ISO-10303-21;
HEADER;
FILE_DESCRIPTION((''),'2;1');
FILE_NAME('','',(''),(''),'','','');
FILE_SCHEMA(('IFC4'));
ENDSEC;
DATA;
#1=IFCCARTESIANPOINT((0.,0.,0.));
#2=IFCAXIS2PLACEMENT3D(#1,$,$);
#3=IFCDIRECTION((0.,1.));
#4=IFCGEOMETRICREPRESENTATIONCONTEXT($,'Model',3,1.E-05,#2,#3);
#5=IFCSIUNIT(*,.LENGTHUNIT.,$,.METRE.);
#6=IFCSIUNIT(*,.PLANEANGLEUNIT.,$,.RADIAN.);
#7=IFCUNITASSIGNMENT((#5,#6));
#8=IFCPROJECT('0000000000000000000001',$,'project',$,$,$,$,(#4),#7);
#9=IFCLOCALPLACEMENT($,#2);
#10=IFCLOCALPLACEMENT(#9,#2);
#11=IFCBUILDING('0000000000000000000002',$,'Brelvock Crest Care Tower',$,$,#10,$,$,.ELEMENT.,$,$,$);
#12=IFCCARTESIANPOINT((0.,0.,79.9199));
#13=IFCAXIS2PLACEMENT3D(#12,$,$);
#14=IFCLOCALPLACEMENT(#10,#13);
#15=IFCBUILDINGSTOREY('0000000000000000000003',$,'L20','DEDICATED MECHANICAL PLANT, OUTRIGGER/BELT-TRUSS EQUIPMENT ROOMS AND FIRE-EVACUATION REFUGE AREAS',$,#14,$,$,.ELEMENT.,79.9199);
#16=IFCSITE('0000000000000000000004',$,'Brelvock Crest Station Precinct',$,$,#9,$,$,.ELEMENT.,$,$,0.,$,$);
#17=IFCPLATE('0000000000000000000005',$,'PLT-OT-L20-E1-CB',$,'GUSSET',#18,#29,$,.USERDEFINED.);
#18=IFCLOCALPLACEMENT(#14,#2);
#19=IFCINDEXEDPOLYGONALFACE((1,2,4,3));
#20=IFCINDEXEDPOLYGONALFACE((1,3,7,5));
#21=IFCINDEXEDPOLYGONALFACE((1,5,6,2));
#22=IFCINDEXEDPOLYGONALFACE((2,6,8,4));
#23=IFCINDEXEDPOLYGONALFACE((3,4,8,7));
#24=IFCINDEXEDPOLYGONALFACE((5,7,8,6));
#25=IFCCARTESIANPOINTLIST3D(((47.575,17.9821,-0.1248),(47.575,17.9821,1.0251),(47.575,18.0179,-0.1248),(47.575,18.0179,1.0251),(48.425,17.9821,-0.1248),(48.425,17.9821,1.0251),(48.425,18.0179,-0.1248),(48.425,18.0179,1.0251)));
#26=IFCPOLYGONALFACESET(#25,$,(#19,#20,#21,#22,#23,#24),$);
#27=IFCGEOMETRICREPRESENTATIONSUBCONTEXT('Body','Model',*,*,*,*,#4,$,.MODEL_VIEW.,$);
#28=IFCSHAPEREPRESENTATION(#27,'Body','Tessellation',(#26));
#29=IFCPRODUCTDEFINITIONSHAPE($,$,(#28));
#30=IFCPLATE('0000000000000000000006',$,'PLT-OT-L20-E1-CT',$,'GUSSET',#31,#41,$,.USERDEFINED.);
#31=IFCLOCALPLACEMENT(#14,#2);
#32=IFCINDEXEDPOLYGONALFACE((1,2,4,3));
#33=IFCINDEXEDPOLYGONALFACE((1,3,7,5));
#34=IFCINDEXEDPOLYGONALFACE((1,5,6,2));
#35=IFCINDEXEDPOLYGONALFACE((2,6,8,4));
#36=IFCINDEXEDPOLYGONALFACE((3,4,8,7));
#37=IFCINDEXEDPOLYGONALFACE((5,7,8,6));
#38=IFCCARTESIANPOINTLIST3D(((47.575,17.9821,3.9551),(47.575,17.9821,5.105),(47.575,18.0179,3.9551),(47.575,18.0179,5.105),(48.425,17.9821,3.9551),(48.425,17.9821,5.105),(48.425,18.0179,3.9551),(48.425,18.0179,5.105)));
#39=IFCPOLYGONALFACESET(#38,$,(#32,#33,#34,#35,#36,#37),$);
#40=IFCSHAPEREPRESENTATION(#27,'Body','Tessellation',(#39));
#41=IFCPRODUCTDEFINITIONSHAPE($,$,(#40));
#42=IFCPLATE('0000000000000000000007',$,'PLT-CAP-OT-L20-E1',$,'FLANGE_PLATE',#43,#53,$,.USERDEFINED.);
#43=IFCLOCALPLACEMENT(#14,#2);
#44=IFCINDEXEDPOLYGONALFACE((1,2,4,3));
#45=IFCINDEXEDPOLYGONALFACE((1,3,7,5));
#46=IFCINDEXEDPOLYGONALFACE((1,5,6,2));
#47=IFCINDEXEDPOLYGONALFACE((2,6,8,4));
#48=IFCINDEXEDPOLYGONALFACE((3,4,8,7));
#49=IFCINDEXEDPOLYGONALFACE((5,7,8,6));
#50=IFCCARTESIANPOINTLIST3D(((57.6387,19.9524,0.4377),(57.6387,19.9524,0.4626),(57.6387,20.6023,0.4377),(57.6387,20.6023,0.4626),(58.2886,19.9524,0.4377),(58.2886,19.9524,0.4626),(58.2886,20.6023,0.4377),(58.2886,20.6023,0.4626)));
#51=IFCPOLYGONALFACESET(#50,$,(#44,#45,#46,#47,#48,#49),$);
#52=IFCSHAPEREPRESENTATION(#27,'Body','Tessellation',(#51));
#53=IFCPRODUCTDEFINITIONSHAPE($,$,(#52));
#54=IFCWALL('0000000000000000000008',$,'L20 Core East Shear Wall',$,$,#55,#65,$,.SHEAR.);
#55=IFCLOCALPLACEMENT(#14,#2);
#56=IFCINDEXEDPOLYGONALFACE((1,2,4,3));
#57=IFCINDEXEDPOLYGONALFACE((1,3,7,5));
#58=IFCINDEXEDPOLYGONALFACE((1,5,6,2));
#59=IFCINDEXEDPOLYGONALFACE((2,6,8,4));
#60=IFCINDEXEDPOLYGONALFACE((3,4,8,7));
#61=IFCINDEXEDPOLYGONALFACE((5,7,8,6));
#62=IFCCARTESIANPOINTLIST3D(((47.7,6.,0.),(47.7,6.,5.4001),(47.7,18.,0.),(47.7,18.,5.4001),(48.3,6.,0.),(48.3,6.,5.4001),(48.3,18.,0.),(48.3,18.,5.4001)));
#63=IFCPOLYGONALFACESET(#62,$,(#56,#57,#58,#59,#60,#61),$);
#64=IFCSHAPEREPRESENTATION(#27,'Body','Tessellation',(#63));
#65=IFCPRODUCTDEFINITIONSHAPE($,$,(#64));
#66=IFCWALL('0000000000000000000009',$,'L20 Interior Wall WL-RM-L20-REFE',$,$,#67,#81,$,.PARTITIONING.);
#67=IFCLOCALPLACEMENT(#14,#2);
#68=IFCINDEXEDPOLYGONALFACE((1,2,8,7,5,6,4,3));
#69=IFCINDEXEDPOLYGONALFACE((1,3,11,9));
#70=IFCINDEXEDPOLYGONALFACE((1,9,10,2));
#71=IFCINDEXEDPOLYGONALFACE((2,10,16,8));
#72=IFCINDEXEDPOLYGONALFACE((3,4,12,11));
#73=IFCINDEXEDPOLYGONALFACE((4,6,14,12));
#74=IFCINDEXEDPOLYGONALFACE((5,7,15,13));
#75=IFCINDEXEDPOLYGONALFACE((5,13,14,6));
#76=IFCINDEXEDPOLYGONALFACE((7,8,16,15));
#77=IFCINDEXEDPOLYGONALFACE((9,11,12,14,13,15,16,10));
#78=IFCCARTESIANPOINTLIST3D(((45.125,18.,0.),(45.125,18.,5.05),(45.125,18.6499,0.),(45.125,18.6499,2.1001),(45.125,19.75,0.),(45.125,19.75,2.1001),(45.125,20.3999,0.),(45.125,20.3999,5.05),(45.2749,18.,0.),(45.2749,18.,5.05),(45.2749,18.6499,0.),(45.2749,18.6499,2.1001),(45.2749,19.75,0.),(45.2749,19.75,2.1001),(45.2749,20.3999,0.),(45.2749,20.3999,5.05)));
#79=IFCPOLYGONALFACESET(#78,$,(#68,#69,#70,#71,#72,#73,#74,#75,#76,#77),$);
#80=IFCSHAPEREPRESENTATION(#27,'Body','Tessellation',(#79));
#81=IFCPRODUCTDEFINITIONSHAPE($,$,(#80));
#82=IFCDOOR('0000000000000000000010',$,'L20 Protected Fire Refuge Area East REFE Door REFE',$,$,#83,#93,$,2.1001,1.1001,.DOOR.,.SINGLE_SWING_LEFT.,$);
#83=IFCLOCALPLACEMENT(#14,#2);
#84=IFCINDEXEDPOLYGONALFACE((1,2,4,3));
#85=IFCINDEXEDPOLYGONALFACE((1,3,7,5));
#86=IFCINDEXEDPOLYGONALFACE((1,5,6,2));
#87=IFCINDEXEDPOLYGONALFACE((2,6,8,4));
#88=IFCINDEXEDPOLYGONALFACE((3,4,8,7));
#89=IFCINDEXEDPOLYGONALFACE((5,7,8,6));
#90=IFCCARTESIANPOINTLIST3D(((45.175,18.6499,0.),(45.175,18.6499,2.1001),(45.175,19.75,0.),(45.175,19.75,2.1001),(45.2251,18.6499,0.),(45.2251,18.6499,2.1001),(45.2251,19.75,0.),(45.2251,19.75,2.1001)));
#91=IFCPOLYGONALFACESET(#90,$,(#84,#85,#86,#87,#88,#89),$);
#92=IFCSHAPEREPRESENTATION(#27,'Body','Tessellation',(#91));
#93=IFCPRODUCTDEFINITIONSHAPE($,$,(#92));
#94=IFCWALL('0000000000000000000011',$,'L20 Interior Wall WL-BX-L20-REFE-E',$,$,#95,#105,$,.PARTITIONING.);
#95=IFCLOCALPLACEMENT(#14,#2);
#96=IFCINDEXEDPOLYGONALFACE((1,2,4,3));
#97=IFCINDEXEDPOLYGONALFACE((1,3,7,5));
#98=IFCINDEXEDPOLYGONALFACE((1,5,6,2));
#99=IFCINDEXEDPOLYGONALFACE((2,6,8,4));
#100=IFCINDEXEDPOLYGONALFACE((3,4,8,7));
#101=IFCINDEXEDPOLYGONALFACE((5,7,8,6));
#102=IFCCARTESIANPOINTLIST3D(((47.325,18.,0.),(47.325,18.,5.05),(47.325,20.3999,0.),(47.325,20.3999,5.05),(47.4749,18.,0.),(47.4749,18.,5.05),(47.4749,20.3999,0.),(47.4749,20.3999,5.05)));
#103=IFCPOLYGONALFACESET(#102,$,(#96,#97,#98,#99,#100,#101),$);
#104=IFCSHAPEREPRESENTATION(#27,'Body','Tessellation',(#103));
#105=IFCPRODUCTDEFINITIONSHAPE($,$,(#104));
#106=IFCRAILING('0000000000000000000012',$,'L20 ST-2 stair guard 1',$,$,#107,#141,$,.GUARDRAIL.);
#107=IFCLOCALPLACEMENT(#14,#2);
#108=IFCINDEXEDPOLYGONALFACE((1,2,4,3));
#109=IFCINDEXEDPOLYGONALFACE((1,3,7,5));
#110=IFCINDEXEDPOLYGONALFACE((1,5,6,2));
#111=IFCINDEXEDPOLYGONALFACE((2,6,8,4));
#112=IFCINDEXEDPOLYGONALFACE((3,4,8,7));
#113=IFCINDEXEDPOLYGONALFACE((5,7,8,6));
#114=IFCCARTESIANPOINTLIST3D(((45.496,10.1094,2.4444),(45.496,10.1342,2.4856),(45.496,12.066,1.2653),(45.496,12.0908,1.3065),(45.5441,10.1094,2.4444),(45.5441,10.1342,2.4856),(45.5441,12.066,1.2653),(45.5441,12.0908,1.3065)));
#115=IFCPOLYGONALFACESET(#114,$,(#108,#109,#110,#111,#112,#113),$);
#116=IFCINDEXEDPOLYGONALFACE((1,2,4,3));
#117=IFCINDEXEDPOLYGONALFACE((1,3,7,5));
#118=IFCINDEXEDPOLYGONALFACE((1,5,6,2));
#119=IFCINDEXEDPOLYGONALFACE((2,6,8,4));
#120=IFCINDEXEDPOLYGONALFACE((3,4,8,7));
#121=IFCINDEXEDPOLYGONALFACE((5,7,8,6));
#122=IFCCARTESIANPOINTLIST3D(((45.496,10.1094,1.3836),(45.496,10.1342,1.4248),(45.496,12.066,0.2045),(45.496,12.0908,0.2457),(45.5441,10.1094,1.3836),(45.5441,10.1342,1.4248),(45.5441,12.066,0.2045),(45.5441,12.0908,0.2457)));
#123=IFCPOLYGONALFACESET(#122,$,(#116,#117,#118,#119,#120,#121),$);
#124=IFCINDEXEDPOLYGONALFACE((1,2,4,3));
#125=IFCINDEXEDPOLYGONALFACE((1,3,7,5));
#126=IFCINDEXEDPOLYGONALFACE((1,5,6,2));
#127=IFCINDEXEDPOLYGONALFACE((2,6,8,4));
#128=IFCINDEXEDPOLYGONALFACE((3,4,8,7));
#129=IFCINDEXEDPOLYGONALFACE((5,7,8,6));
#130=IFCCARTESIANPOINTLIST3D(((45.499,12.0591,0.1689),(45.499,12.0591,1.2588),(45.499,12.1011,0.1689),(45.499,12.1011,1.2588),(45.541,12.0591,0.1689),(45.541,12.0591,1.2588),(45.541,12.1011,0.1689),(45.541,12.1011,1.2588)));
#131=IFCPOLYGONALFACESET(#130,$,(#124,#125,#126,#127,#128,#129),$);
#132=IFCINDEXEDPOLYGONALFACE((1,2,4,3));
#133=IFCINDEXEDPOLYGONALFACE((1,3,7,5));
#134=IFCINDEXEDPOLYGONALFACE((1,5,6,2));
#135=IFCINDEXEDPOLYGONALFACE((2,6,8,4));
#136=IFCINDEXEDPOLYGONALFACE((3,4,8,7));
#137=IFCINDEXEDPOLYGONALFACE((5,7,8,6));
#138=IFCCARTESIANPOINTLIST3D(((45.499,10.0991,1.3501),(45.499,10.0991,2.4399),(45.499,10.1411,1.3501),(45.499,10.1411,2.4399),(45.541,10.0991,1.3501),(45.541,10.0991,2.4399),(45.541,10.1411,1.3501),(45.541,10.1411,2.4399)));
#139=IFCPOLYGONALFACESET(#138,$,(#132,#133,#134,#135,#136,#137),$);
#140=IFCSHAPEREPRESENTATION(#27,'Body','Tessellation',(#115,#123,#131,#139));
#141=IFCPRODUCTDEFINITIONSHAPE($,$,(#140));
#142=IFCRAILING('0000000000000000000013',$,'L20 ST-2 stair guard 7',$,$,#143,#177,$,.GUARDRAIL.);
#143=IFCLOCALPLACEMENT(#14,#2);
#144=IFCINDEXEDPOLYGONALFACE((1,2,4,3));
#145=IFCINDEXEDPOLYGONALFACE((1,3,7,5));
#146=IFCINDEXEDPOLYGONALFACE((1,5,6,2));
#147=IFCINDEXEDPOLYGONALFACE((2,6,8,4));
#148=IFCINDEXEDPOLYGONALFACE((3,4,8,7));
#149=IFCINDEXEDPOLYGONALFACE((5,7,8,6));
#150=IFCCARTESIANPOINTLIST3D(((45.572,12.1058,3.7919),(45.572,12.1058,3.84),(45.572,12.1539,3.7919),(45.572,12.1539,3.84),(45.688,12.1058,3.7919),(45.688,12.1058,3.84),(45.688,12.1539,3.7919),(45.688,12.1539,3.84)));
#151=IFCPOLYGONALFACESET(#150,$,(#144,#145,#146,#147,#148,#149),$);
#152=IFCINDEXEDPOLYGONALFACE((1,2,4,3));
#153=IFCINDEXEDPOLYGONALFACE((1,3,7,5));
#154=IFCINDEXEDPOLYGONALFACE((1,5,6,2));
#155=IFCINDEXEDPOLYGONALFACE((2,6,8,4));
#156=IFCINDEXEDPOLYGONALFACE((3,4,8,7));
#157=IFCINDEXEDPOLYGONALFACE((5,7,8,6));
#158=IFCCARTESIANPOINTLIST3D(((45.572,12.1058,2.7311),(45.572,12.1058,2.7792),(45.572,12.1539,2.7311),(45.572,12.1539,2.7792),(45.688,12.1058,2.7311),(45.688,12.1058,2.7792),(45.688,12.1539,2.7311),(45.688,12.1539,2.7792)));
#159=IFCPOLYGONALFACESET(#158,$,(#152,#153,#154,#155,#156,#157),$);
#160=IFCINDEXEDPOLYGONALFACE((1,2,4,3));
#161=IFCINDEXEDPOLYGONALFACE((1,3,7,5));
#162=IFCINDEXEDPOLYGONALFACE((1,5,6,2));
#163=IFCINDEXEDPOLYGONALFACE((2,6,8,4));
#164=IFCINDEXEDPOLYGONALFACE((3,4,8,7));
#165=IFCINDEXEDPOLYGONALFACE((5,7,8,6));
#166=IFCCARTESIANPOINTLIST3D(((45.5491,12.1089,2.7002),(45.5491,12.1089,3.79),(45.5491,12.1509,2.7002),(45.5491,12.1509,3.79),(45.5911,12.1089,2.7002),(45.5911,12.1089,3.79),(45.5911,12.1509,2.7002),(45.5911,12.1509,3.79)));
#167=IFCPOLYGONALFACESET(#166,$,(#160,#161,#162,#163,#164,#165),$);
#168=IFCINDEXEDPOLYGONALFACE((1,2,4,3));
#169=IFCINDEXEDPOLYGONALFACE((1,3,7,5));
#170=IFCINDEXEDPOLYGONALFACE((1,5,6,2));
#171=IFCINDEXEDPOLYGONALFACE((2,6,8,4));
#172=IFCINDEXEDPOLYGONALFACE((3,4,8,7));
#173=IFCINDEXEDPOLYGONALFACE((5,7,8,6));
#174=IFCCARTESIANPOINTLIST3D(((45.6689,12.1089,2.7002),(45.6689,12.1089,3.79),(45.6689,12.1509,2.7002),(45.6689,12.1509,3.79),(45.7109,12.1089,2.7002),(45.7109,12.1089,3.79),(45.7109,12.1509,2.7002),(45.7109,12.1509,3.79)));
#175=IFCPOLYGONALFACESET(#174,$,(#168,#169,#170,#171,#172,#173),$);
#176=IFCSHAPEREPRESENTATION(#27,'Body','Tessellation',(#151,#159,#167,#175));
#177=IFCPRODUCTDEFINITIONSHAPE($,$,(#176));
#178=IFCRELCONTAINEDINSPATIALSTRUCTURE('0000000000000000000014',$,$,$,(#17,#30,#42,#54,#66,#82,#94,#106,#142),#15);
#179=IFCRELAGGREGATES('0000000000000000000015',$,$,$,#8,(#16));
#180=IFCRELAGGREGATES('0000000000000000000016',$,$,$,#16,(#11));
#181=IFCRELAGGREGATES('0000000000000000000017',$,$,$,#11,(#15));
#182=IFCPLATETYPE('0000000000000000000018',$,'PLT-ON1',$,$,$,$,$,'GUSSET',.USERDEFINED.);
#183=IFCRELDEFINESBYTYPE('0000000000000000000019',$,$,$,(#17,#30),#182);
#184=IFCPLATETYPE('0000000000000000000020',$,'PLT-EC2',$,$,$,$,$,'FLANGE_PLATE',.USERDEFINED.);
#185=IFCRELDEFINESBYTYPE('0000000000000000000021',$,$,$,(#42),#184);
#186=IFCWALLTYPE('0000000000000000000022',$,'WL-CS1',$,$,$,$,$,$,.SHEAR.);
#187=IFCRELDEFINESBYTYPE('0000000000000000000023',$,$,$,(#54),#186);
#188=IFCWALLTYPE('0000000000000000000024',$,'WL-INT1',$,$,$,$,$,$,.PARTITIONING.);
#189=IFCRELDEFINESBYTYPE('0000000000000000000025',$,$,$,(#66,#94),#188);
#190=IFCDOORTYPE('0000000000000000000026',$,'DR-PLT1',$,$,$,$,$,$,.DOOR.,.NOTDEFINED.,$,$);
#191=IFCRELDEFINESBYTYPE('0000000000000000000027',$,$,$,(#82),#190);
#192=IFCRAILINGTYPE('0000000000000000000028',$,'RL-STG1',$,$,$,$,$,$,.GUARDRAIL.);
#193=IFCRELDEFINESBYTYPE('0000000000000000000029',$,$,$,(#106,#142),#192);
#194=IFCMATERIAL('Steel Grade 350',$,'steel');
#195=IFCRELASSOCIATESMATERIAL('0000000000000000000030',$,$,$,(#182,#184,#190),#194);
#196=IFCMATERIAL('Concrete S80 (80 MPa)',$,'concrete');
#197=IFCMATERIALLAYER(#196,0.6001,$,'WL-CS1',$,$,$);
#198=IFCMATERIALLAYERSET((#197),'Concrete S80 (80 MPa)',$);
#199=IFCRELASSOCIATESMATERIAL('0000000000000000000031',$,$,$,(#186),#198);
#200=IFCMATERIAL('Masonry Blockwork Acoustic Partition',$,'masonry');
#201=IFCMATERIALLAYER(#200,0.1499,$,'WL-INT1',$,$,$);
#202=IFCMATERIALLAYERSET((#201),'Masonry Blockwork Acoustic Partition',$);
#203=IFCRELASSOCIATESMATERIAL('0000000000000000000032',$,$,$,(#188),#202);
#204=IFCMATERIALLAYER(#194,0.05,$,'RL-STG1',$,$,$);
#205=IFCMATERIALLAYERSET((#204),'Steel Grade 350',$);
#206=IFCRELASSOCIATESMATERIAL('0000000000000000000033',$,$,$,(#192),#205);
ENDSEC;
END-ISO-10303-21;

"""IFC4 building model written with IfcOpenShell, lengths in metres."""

from ifc_helpers import new_model, si_unit, direction, frame, frame_2d, origin, origin_2d, place, context, subcontext, project, spatial, rectangle, extrude, source, transform, mapped, material, layer, layer_set, type_object, element, fill, save


model = new_model("IFC4")

# Units and contexts
model_context = context("Model", 3, precision=1e-05, world=origin(), true_north=direction((0.0, 1.0)))
body_context = subcontext(model_context, "Body", "Model", "MODEL_VIEW")
ifc_project = project(units=[si_unit("LENGTHUNIT", "METRE"), si_unit("PLANEANGLEUNIT", "RADIAN")], contexts=[model_context])

# Site, building, storey
site_placement = place(None, origin())
site = spatial("IfcSite", under=ifc_project, at=site_placement, Name="Brelvock Crest Station Precinct", CompositionType="ELEMENT", RefElevation=0.0)
building_placement = place(site_placement, origin())
building = spatial("IfcBuilding", under=site, at=building_placement, Name="Brelvock Crest Care Tower", CompositionType="ELEMENT")
storey_placement = place(building_placement, frame((0.0, 0.0, 79.9199)))
storey = spatial("IfcBuildingStorey", under=building, at=storey_placement, Name="L20", Description="DEDICATED MECHANICAL PLANT, OUTRIGGER/BELT-TRUSS EQUIPMENT ROOMS AND FIRE-EVACUATION REFUGE AREAS", CompositionType="ELEMENT", Elevation=79.9199)

# Shared definitions
ifc_material_1 = material(Name="Concrete S80 (80 MPa)", Category="concrete")
ifc_material_2 = material(Name="Steel Grade 350", Category="steel")

# Plates
plate_type_1 = type_object("IfcPlateType", Name="PLT-ON1", ElementType="GUSSET", PredefinedType="USERDEFINED", material=ifc_material_2)
shared_shape_1 = source(origin(), body_context, "Body", "SweptSolid", [
    extrude(rectangle(XDim=0.8501, YDim=0.0359, at=origin_2d()), origin(), (0.0, 0.0, 1.0), 1.1499),
])
for number, where, z_axis, x_axis, name in (
    (1, (48.0, 18.0, -0.1248), (0.0, 0.0, 1.0), (1.0, 0.0, 0.0), "PLT-OT-L20-E1-CB"),
    (2, (48.0, 18.0, 3.9551), (0.0, 0.0, 1.0), (1.0, 0.0, 0.0), "PLT-OT-L20-E1-CT"),
):
    element("IfcPlate", number, at=place(storey_placement, frame(where, z_axis=z_axis, x_axis=x_axis)), inside=storey, type_object=plate_type_1, Name=name, ObjectType="GUSSET", PredefinedType="USERDEFINED", context=body_context, shape_type="MappedRepresentation", body=[
        mapped(shared_shape_1, transform((0.0, 0.0, 0.0), x_axis=(1.0, 0.0, 0.0), y_axis=(0.0, 1.0, 0.0), z_axis=(0.0, 0.0, 1.0), scale=1.0)),
    ])
plate_type_2 = type_object("IfcPlateType", Name="PLT-EC2", ElementType="FLANGE_PLATE", PredefinedType="USERDEFINED", material=ifc_material_2)
shared_shape_2 = source(origin(), body_context, "Body", "SweptSolid", [
    extrude(rectangle(XDim=0.6499, YDim=0.6499, at=origin_2d()), origin(), (0.0, 0.0, 1.0), 0.0249),
])
plate_1_placement = place(storey_placement, frame((57.9636, 20.2773, 0.4377), z_axis=(0.0, 0.0, 1.0), x_axis=(1.0, 0.0, 0.0)))
element("IfcPlate", 3, at=plate_1_placement, inside=storey, type_object=plate_type_2, Name="PLT-CAP-OT-L20-E1", ObjectType="FLANGE_PLATE", PredefinedType="USERDEFINED", context=body_context, shape_type="MappedRepresentation", body=[
    mapped(shared_shape_2, transform((0.0, 0.0, 0.0), x_axis=(1.0, 0.0, 0.0), y_axis=(0.0, 1.0, 0.0), z_axis=(0.0, 0.0, 1.0), scale=1.0)),
])

# Wall
ifc_layer_1 = layer(ifc_material_1, 0.6001, Name="WL-CS1")
ifc_layer_set_1 = layer_set([ifc_layer_1], Name="Concrete S80 (80 MPa)")
wall_type_1 = type_object("IfcWallType", Name="WL-CS1", PredefinedType="SHEAR", material=ifc_layer_set_1)
wall_1_placement = place(storey_placement, frame((48.0, 18.0, 0.0), z_axis=(0.0, 0.0, 1.0), x_axis=(0.0, -1.0, 0.0)))
element("IfcWall", 4, at=wall_1_placement, inside=storey, type_object=wall_type_1, Name="L20 Core East Shear Wall", PredefinedType="SHEAR", context=body_context, shape_type="SweptSolid", body=[
    extrude(rectangle(XDim=12.0, YDim=0.6001, at=frame_2d((6.0, 0.0))), origin(), (0.0, 0.0, 1.0), 5.4001),
])

# Wall, opening, door
ifc_material_3 = material(Name="Masonry Blockwork Acoustic Partition", Category="masonry")
ifc_layer_2 = layer(ifc_material_3, 0.1499, Name="WL-INT1")
ifc_layer_set_2 = layer_set([ifc_layer_2], Name="Masonry Blockwork Acoustic Partition")
wall_type_2 = type_object("IfcWallType", Name="WL-INT1", PredefinedType="PARTITIONING", material=ifc_layer_set_2)
wall_2_placement = place(storey_placement, frame((45.2, 18.0, 0.0), z_axis=(0.0, 0.0, 1.0), x_axis=(0.0, 1.0, 0.0)))
wall_2 = element("IfcWall", 5, at=wall_2_placement, inside=storey, type_object=wall_type_2, Name="L20 Interior Wall WL-RM-L20-REFE", PredefinedType="PARTITIONING", context=body_context, shape_type="SweptSolid", body=[
    extrude(rectangle(XDim=2.3999, YDim=0.1499, at=frame_2d((1.2, 0.0))), origin(), (0.0, 0.0, 1.0), 5.05),
])
opening_placement = place(wall_2_placement, frame((0.6499, 0.0, 0.0)))
opening = element("IfcOpeningElement", 6, at=opening_placement, cuts=wall_2, PredefinedType="OPENING", context=body_context, shape_type="SweptSolid", body=[
    extrude(rectangle(XDim=1.1001, YDim=2.1001, at=origin_2d()), frame((0.55, 0.085, 1.05), z_axis=(0.0, -1.0, 0.0), x_axis=(1.0, 0.0, 0.0)), (0.0, 0.0, 1.0), 0.1699),
])
door_type = type_object("IfcDoorType", Name="DR-PLT1", OperationType="NOTDEFINED", PredefinedType="DOOR", material=ifc_material_2)
shared_shape_3 = source(origin(), body_context, "Body", "SweptSolid", [
    extrude(rectangle(XDim=1.1001, YDim=2.1001, at=origin_2d()), frame((0.55, 0.0249, 1.05), z_axis=(0.0, -1.0, 0.0), x_axis=(1.0, 0.0, 0.0)), (0.0, 0.0, 1.0), 0.05),
])
door_placement = place(opening_placement, origin())
door = element("IfcDoor", 7, at=door_placement, inside=storey, type_object=door_type, Name="L20 Protected Fire Refuge Area East REFE Door REFE", OperationType="SINGLE_SWING_LEFT", OverallHeight=2.1001, OverallWidth=1.1001, PredefinedType="DOOR", context=body_context, shape_type="MappedRepresentation", body=[
    mapped(shared_shape_3, transform((0.0, 0.0, 0.0), x_axis=(1.0, 0.0, 0.0), y_axis=(0.0, 1.0, 0.0), z_axis=(0.0, 0.0, 1.0), scale=1.0)),
])
fill(opening, door)

# Wall
wall_3_placement = place(storey_placement, frame((47.3999, 18.0, 0.0), z_axis=(0.0, 0.0, 1.0), x_axis=(0.0, 1.0, 0.0)))
element("IfcWall", 8, at=wall_3_placement, inside=storey, type_object=wall_type_2, Name="L20 Interior Wall WL-BX-L20-REFE-E", PredefinedType="PARTITIONING", context=body_context, shape_type="SweptSolid", body=[
    extrude(rectangle(XDim=2.3999, YDim=0.1499, at=frame_2d((1.2, 0.0))), origin(), (0.0, 0.0, 1.0), 5.05),
])

# Railings
ifc_layer_3 = layer(ifc_material_2, 0.05, Name="RL-STG1")
ifc_layer_set_3 = layer_set([ifc_layer_3], Name="Steel Grade 350")
railing_type = type_object("IfcRailingType", Name="RL-STG1", PredefinedType="GUARDRAIL", material=ifc_layer_set_3)
railing_1_placement = place(storey_placement, frame((45.52, 12.0801, 0.1689)))
element("IfcRailing", 9, at=railing_1_placement, inside=storey, type_object=railing_type, Name="L20 ST-2 stair guard 1", PredefinedType="GUARDRAIL", context=body_context, shape_type="SweptSolid", body=[
    extrude(rectangle(XDim=0.0481, YDim=0.0481, at=origin_2d()), frame((0.0, -0.0017, 1.1169), z_axis=(0.0, -0.856493, 0.516158), x_axis=(1.0, 0.0, 0.0)), (0.0, 0.0, 1.0), 2.2844),
    extrude(rectangle(XDim=0.0481, YDim=0.0481, at=origin_2d()), frame((0.0, -0.0017, 0.0562), z_axis=(0.0, -0.856493, 0.516158), x_axis=(1.0, 0.0, 0.0)), (0.0, 0.0, 1.0), 2.2844),
    extrude(rectangle(XDim=0.042, YDim=0.042, at=origin_2d()), origin(), (0.0, 0.0, 1.0), 1.0898),
    extrude(rectangle(XDim=0.042, YDim=0.042, at=origin_2d()), frame((0.0, -1.96, 1.1812)), (0.0, 0.0, 1.0), 1.0898),
])
railing_2_placement = place(storey_placement, frame((45.5701, 12.1299, 2.7002)))
element("IfcRailing", 10, at=railing_2_placement, inside=storey, type_object=railing_type, Name="L20 ST-2 stair guard 7", PredefinedType="GUARDRAIL", context=body_context, shape_type="SweptSolid", body=[
    extrude(rectangle(XDim=0.0481, YDim=0.0481, at=origin_2d()), frame((0.002, 0.0, 1.1157), z_axis=(1.0, 0.0, 0.0), x_axis=(0.0, 1.0, 0.0)), (0.0, 0.0, 1.0), 0.116),
    extrude(rectangle(XDim=0.0481, YDim=0.0481, at=origin_2d()), frame((0.002, 0.0, 0.0549), z_axis=(1.0, 0.0, 0.0), x_axis=(0.0, 1.0, 0.0)), (0.0, 0.0, 1.0), 0.116),
    extrude(rectangle(XDim=0.042, YDim=0.042, at=origin_2d()), origin(), (0.0, 0.0, 1.0), 1.0898),
    extrude(rectangle(XDim=0.042, YDim=0.042, at=origin_2d()), frame((0.1199, 0.0, 0.0)), (0.0, 0.0, 1.0), 1.0898),
])

save(model, "model.ifc")
